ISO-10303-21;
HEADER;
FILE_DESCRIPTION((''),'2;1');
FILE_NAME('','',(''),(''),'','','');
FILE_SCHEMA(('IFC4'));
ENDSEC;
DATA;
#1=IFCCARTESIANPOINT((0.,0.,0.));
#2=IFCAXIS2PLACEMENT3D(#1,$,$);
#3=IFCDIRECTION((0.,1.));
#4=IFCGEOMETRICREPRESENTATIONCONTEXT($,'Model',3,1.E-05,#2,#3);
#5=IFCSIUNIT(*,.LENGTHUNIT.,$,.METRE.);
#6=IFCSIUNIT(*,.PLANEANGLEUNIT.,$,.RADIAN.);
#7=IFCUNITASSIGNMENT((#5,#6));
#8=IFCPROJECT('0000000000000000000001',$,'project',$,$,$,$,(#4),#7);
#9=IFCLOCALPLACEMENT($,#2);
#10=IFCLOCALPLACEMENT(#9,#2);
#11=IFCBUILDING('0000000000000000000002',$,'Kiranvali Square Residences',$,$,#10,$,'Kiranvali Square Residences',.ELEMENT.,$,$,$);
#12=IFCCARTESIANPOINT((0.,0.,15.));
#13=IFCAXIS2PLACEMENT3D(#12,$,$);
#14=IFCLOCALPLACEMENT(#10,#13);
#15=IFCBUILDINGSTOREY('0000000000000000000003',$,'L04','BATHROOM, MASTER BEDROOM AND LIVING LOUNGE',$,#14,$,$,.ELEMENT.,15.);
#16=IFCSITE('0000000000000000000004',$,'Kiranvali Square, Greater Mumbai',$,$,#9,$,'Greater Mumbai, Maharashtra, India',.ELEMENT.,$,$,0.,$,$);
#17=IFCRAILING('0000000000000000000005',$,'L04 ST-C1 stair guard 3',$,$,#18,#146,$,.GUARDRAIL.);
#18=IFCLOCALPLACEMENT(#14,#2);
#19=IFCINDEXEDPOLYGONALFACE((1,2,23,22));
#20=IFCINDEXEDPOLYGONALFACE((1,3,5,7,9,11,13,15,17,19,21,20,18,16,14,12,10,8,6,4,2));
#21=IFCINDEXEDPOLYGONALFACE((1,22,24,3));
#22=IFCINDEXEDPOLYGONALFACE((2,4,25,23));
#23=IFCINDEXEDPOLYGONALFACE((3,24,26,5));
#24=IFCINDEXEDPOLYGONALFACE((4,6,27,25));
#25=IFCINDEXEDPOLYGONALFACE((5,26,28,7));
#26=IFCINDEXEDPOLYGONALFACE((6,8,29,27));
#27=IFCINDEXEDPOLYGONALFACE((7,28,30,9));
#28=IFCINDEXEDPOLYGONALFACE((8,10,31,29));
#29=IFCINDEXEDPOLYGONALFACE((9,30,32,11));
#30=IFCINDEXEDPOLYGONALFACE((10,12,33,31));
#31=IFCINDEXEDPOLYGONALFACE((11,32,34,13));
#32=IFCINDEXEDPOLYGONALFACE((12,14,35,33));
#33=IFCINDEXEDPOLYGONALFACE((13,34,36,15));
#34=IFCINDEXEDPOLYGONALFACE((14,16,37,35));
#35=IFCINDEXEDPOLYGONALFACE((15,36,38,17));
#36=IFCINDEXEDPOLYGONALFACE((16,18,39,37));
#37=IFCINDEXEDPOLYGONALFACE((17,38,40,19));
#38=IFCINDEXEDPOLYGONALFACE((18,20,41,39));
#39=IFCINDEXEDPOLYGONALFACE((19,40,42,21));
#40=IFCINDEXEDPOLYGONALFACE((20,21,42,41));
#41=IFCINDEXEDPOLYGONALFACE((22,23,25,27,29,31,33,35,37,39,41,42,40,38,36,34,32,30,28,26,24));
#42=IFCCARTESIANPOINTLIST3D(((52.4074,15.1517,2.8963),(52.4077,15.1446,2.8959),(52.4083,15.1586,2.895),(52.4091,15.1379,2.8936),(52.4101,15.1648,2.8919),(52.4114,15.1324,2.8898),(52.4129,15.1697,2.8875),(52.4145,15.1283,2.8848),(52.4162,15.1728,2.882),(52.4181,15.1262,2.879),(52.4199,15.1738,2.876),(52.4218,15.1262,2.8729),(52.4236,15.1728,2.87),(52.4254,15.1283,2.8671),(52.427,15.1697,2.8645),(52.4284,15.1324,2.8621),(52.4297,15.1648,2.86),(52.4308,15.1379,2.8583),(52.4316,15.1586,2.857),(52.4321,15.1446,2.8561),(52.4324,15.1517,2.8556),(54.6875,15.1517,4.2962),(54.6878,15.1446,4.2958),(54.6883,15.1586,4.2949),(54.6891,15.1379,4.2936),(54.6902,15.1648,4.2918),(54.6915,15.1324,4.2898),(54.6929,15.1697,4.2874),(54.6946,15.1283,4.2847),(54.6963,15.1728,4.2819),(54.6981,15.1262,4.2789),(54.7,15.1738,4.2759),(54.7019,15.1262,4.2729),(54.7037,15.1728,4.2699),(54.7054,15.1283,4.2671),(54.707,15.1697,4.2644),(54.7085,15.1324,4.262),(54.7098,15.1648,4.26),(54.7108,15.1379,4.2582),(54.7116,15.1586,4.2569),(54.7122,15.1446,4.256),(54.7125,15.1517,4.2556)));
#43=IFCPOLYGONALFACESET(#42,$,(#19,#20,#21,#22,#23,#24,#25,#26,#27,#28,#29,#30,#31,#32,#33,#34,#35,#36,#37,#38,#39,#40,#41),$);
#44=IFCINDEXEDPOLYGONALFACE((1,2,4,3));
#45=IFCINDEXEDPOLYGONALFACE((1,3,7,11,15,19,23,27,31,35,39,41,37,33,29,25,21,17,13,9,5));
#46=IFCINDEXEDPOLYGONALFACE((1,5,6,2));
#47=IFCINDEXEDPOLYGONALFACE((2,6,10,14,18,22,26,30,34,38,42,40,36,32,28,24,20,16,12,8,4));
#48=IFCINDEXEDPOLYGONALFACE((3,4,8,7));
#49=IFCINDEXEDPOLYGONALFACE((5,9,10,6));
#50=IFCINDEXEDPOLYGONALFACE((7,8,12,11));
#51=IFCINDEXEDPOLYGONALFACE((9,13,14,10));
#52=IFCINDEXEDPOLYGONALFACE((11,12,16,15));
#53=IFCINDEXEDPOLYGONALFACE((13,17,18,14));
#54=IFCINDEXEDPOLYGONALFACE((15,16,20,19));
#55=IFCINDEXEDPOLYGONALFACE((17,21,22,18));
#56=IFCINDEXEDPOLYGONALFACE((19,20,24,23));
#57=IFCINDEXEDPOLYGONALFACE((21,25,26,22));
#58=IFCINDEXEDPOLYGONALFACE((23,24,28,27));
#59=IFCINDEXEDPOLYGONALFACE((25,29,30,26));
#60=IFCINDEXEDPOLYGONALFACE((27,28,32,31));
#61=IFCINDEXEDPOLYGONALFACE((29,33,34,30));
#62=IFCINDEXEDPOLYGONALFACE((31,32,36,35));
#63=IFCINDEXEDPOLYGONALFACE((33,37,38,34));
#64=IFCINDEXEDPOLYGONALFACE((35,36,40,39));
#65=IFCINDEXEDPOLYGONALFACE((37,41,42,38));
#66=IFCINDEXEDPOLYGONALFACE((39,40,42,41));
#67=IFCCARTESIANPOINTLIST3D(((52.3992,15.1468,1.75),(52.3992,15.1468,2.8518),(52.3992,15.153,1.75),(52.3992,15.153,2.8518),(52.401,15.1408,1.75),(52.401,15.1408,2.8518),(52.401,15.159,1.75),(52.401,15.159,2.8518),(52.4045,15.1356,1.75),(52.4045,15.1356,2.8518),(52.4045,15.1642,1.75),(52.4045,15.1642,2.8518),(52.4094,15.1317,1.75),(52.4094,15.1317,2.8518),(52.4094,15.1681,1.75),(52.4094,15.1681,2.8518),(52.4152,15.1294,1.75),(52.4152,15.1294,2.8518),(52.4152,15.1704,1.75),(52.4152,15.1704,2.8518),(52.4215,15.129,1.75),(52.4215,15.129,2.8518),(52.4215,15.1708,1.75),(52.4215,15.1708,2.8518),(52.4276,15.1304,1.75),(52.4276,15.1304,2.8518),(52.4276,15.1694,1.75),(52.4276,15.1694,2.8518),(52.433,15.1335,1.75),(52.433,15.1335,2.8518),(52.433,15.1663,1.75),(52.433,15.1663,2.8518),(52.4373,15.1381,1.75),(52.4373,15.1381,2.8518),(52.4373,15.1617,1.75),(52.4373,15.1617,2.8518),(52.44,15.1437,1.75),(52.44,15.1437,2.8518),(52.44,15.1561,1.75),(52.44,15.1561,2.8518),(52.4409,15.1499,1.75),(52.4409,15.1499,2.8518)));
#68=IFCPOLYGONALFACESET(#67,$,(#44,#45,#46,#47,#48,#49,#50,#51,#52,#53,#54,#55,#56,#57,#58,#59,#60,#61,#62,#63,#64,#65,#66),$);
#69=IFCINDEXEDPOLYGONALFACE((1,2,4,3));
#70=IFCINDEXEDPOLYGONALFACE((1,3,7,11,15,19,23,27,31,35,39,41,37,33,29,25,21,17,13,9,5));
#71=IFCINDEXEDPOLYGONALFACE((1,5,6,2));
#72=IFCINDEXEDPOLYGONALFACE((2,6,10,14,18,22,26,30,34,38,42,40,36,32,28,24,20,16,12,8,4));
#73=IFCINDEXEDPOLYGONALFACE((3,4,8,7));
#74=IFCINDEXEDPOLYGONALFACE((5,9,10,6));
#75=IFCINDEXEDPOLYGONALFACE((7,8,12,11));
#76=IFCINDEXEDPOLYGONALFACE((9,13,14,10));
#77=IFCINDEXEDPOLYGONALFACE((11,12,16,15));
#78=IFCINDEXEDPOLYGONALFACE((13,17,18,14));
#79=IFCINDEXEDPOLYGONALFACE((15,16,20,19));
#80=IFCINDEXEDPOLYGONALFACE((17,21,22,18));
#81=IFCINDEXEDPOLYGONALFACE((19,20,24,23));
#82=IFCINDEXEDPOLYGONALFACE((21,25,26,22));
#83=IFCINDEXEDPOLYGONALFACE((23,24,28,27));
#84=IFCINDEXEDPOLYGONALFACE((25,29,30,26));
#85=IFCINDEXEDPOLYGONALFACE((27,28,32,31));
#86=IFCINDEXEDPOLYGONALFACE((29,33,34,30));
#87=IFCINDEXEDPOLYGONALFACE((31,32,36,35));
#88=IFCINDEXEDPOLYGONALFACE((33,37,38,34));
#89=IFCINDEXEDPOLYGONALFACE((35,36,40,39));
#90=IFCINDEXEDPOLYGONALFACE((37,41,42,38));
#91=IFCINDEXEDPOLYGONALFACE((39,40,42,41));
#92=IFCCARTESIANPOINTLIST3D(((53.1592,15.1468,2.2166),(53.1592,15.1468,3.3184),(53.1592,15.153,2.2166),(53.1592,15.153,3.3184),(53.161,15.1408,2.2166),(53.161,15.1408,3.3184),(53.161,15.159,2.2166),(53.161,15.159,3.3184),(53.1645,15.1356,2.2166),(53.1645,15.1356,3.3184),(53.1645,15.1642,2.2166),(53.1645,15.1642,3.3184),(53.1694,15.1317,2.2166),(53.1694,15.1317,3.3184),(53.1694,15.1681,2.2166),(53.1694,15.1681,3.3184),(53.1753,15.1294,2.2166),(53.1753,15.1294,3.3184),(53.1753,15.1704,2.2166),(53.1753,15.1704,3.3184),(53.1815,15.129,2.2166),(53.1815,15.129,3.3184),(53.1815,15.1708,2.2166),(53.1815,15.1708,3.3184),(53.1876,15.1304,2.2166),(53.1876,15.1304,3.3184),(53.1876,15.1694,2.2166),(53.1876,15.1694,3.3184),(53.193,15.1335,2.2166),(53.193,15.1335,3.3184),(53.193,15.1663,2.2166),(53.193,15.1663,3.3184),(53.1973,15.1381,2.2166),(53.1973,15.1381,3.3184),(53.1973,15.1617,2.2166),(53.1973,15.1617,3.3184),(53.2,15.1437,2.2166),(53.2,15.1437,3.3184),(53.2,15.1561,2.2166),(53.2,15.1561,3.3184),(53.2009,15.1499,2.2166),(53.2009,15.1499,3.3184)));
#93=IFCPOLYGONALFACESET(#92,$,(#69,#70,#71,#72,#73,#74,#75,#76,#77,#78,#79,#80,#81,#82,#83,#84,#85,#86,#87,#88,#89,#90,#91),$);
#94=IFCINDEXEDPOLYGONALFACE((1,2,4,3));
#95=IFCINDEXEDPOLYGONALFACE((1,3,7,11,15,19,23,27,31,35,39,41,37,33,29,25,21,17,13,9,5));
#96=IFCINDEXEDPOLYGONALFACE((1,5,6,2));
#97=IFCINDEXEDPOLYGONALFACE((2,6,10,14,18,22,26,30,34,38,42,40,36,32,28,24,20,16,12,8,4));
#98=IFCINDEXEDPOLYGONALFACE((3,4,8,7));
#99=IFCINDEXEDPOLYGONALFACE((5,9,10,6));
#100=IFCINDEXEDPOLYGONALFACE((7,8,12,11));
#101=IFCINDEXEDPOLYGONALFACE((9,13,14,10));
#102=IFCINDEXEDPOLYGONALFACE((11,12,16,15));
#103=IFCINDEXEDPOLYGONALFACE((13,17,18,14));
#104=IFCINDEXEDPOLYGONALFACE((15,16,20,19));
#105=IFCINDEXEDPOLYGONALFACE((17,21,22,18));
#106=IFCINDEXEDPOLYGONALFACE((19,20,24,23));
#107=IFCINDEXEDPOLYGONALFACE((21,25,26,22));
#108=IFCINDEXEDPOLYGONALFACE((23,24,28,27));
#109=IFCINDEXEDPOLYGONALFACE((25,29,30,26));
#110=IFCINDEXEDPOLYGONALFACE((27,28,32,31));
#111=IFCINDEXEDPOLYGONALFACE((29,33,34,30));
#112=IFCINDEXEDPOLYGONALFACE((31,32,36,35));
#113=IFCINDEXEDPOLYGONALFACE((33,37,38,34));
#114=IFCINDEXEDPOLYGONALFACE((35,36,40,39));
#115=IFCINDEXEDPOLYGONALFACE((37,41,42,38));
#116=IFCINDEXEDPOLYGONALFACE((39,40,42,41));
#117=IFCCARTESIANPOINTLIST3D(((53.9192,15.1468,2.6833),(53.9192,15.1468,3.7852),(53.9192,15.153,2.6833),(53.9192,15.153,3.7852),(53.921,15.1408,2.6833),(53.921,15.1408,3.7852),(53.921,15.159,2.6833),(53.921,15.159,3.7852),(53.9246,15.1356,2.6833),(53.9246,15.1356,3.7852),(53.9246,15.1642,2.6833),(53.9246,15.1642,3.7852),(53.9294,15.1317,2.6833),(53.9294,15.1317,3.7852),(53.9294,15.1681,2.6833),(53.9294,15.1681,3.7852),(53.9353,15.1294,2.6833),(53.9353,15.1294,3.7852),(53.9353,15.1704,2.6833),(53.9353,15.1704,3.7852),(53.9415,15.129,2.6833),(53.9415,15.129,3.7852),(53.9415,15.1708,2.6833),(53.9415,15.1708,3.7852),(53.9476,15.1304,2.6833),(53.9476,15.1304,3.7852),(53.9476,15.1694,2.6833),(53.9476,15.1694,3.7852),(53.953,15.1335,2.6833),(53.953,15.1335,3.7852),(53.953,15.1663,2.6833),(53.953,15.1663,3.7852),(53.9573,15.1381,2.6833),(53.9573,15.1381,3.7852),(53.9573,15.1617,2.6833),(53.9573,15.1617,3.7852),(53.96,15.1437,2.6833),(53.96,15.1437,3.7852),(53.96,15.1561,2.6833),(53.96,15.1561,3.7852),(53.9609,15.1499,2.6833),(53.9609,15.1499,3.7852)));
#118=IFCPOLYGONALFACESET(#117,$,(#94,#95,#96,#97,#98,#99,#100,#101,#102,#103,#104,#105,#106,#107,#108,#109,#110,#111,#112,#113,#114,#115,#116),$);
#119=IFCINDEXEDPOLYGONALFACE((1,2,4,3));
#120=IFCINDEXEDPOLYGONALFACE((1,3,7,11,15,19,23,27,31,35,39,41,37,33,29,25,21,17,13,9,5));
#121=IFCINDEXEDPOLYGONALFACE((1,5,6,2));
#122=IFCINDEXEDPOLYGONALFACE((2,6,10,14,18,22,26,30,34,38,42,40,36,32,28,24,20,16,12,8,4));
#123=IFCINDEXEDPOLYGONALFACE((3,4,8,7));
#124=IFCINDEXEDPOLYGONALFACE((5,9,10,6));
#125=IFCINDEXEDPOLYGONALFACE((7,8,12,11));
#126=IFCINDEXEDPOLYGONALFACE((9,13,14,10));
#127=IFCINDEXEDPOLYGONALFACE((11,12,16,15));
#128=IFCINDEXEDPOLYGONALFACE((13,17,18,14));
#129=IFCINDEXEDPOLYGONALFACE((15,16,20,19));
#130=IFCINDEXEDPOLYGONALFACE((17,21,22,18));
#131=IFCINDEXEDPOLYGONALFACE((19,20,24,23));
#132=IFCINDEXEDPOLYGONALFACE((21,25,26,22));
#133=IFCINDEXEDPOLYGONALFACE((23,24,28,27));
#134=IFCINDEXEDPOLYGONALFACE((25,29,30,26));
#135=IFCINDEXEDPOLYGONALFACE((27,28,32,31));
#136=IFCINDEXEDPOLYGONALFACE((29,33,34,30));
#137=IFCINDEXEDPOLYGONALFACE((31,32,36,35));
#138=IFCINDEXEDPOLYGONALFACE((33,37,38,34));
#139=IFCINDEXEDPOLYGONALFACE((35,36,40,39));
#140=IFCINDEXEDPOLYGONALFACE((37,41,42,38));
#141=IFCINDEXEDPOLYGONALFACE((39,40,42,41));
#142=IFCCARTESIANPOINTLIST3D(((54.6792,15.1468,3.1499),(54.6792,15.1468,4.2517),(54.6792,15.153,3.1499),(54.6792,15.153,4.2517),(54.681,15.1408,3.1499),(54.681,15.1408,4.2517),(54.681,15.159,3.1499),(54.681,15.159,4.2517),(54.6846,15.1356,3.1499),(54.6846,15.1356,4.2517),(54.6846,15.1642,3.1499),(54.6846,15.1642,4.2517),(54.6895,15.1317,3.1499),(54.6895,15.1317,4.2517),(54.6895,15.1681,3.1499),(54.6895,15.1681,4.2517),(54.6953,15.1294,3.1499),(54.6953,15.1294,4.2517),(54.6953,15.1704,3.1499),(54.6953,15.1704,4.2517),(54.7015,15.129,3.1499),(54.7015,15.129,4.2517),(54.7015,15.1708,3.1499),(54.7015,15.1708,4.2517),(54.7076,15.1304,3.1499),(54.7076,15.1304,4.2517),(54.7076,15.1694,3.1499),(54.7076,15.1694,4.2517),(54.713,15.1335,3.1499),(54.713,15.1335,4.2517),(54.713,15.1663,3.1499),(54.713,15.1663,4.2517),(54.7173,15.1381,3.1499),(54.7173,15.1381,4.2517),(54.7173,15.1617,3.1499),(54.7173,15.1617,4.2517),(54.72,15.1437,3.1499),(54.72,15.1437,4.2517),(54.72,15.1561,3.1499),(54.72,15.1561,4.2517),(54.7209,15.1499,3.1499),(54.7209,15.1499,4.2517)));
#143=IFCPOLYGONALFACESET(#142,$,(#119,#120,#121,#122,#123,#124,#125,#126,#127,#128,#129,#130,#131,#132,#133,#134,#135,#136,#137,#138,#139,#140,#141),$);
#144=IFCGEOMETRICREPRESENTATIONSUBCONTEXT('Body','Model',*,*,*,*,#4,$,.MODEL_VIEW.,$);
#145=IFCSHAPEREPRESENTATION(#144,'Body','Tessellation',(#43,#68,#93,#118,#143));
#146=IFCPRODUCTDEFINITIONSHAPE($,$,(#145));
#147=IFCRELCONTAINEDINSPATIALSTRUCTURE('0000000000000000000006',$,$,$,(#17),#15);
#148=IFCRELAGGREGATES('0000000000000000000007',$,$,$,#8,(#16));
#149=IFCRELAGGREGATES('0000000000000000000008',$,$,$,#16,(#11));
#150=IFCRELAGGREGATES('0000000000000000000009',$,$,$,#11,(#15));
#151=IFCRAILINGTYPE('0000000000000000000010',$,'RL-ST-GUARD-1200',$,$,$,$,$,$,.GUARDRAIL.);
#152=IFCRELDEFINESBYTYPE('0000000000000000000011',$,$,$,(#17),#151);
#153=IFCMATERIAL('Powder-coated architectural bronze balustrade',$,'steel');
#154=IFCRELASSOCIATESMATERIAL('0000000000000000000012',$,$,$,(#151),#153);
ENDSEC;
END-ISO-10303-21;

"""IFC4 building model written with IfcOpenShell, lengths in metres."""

from ifc_helpers import new_model, si_unit, direction, frame, origin, origin_2d, place, context, subcontext, project, spatial, circle, extrude, material, type_object, element, save


model = new_model("IFC4")

# Units and contexts
model_context = context("Model", 3, precision=1e-05, world=origin(), true_north=direction((0.0, 1.0)))
body_context = subcontext(model_context, "Body", "Model", "MODEL_VIEW")
ifc_project = project(units=[si_unit("LENGTHUNIT", "METRE"), si_unit("PLANEANGLEUNIT", "RADIAN")], contexts=[model_context])

# Site, building, storey
site_placement = place(None, origin())
site = spatial("IfcSite", under=ifc_project, at=site_placement, Name="Kiranvali Square, Greater Mumbai", LongName="Greater Mumbai, Maharashtra, India", CompositionType="ELEMENT", RefElevation=0.0)
building_placement = place(site_placement, origin())
building = spatial("IfcBuilding", under=site, at=building_placement, Name="Kiranvali Square Residences", LongName="Kiranvali Square Residences", CompositionType="ELEMENT")
storey_placement = place(building_placement, frame((0.0, 0.0, 15.0)))
storey = spatial("IfcBuildingStorey", under=building, at=storey_placement, Name="L04", Description="BATHROOM, MASTER BEDROOM AND LIVING LOUNGE", CompositionType="ELEMENT", Elevation=15.0)

# Railing
ifc_material_1 = material(Name="Powder-coated architectural bronze balustrade", Category="steel")
railing_type_1 = type_object("IfcRailingType", Name="RL-ST-GUARD-1200", PredefinedType="GUARDRAIL", material=ifc_material_1)
railing_1_placement = place(storey_placement, frame((52.4199, 15.1499, 1.75)))
element("IfcRailing", 1, at=railing_1_placement, inside=storey, type_object=railing_type_1, Name="L04 ST-C1 stair guard 3", PredefinedType="GUARDRAIL", context=body_context, shape_type="SweptSolid", body=[
    extrude(circle(Radius=0.0239, at=origin_2d()), frame((0.0, 0.0, 1.126), z_axis=(0.85219, 0.0, 0.523232), x_axis=(0.0, 1.0, 0.0)), (0.0, 0.0, 1.0), 2.6755),
    extrude(circle(Radius=0.021, at=origin_2d()), origin(), (0.0, 0.0, 1.0), 1.1018),
    extrude(circle(Radius=0.021, at=origin_2d()), frame((0.76, 0.0, 0.4666)), (0.0, 0.0, 1.0), 1.1018),
    extrude(circle(Radius=0.021, at=origin_2d()), frame((1.52, 0.0, 0.9333)), (0.0, 0.0, 1.0), 1.1018),
    extrude(circle(Radius=0.021, at=origin_2d()), frame((2.28, 0.0, 1.3999)), (0.0, 0.0, 1.0), 1.1018),
])

save(model, "model.ifc")
